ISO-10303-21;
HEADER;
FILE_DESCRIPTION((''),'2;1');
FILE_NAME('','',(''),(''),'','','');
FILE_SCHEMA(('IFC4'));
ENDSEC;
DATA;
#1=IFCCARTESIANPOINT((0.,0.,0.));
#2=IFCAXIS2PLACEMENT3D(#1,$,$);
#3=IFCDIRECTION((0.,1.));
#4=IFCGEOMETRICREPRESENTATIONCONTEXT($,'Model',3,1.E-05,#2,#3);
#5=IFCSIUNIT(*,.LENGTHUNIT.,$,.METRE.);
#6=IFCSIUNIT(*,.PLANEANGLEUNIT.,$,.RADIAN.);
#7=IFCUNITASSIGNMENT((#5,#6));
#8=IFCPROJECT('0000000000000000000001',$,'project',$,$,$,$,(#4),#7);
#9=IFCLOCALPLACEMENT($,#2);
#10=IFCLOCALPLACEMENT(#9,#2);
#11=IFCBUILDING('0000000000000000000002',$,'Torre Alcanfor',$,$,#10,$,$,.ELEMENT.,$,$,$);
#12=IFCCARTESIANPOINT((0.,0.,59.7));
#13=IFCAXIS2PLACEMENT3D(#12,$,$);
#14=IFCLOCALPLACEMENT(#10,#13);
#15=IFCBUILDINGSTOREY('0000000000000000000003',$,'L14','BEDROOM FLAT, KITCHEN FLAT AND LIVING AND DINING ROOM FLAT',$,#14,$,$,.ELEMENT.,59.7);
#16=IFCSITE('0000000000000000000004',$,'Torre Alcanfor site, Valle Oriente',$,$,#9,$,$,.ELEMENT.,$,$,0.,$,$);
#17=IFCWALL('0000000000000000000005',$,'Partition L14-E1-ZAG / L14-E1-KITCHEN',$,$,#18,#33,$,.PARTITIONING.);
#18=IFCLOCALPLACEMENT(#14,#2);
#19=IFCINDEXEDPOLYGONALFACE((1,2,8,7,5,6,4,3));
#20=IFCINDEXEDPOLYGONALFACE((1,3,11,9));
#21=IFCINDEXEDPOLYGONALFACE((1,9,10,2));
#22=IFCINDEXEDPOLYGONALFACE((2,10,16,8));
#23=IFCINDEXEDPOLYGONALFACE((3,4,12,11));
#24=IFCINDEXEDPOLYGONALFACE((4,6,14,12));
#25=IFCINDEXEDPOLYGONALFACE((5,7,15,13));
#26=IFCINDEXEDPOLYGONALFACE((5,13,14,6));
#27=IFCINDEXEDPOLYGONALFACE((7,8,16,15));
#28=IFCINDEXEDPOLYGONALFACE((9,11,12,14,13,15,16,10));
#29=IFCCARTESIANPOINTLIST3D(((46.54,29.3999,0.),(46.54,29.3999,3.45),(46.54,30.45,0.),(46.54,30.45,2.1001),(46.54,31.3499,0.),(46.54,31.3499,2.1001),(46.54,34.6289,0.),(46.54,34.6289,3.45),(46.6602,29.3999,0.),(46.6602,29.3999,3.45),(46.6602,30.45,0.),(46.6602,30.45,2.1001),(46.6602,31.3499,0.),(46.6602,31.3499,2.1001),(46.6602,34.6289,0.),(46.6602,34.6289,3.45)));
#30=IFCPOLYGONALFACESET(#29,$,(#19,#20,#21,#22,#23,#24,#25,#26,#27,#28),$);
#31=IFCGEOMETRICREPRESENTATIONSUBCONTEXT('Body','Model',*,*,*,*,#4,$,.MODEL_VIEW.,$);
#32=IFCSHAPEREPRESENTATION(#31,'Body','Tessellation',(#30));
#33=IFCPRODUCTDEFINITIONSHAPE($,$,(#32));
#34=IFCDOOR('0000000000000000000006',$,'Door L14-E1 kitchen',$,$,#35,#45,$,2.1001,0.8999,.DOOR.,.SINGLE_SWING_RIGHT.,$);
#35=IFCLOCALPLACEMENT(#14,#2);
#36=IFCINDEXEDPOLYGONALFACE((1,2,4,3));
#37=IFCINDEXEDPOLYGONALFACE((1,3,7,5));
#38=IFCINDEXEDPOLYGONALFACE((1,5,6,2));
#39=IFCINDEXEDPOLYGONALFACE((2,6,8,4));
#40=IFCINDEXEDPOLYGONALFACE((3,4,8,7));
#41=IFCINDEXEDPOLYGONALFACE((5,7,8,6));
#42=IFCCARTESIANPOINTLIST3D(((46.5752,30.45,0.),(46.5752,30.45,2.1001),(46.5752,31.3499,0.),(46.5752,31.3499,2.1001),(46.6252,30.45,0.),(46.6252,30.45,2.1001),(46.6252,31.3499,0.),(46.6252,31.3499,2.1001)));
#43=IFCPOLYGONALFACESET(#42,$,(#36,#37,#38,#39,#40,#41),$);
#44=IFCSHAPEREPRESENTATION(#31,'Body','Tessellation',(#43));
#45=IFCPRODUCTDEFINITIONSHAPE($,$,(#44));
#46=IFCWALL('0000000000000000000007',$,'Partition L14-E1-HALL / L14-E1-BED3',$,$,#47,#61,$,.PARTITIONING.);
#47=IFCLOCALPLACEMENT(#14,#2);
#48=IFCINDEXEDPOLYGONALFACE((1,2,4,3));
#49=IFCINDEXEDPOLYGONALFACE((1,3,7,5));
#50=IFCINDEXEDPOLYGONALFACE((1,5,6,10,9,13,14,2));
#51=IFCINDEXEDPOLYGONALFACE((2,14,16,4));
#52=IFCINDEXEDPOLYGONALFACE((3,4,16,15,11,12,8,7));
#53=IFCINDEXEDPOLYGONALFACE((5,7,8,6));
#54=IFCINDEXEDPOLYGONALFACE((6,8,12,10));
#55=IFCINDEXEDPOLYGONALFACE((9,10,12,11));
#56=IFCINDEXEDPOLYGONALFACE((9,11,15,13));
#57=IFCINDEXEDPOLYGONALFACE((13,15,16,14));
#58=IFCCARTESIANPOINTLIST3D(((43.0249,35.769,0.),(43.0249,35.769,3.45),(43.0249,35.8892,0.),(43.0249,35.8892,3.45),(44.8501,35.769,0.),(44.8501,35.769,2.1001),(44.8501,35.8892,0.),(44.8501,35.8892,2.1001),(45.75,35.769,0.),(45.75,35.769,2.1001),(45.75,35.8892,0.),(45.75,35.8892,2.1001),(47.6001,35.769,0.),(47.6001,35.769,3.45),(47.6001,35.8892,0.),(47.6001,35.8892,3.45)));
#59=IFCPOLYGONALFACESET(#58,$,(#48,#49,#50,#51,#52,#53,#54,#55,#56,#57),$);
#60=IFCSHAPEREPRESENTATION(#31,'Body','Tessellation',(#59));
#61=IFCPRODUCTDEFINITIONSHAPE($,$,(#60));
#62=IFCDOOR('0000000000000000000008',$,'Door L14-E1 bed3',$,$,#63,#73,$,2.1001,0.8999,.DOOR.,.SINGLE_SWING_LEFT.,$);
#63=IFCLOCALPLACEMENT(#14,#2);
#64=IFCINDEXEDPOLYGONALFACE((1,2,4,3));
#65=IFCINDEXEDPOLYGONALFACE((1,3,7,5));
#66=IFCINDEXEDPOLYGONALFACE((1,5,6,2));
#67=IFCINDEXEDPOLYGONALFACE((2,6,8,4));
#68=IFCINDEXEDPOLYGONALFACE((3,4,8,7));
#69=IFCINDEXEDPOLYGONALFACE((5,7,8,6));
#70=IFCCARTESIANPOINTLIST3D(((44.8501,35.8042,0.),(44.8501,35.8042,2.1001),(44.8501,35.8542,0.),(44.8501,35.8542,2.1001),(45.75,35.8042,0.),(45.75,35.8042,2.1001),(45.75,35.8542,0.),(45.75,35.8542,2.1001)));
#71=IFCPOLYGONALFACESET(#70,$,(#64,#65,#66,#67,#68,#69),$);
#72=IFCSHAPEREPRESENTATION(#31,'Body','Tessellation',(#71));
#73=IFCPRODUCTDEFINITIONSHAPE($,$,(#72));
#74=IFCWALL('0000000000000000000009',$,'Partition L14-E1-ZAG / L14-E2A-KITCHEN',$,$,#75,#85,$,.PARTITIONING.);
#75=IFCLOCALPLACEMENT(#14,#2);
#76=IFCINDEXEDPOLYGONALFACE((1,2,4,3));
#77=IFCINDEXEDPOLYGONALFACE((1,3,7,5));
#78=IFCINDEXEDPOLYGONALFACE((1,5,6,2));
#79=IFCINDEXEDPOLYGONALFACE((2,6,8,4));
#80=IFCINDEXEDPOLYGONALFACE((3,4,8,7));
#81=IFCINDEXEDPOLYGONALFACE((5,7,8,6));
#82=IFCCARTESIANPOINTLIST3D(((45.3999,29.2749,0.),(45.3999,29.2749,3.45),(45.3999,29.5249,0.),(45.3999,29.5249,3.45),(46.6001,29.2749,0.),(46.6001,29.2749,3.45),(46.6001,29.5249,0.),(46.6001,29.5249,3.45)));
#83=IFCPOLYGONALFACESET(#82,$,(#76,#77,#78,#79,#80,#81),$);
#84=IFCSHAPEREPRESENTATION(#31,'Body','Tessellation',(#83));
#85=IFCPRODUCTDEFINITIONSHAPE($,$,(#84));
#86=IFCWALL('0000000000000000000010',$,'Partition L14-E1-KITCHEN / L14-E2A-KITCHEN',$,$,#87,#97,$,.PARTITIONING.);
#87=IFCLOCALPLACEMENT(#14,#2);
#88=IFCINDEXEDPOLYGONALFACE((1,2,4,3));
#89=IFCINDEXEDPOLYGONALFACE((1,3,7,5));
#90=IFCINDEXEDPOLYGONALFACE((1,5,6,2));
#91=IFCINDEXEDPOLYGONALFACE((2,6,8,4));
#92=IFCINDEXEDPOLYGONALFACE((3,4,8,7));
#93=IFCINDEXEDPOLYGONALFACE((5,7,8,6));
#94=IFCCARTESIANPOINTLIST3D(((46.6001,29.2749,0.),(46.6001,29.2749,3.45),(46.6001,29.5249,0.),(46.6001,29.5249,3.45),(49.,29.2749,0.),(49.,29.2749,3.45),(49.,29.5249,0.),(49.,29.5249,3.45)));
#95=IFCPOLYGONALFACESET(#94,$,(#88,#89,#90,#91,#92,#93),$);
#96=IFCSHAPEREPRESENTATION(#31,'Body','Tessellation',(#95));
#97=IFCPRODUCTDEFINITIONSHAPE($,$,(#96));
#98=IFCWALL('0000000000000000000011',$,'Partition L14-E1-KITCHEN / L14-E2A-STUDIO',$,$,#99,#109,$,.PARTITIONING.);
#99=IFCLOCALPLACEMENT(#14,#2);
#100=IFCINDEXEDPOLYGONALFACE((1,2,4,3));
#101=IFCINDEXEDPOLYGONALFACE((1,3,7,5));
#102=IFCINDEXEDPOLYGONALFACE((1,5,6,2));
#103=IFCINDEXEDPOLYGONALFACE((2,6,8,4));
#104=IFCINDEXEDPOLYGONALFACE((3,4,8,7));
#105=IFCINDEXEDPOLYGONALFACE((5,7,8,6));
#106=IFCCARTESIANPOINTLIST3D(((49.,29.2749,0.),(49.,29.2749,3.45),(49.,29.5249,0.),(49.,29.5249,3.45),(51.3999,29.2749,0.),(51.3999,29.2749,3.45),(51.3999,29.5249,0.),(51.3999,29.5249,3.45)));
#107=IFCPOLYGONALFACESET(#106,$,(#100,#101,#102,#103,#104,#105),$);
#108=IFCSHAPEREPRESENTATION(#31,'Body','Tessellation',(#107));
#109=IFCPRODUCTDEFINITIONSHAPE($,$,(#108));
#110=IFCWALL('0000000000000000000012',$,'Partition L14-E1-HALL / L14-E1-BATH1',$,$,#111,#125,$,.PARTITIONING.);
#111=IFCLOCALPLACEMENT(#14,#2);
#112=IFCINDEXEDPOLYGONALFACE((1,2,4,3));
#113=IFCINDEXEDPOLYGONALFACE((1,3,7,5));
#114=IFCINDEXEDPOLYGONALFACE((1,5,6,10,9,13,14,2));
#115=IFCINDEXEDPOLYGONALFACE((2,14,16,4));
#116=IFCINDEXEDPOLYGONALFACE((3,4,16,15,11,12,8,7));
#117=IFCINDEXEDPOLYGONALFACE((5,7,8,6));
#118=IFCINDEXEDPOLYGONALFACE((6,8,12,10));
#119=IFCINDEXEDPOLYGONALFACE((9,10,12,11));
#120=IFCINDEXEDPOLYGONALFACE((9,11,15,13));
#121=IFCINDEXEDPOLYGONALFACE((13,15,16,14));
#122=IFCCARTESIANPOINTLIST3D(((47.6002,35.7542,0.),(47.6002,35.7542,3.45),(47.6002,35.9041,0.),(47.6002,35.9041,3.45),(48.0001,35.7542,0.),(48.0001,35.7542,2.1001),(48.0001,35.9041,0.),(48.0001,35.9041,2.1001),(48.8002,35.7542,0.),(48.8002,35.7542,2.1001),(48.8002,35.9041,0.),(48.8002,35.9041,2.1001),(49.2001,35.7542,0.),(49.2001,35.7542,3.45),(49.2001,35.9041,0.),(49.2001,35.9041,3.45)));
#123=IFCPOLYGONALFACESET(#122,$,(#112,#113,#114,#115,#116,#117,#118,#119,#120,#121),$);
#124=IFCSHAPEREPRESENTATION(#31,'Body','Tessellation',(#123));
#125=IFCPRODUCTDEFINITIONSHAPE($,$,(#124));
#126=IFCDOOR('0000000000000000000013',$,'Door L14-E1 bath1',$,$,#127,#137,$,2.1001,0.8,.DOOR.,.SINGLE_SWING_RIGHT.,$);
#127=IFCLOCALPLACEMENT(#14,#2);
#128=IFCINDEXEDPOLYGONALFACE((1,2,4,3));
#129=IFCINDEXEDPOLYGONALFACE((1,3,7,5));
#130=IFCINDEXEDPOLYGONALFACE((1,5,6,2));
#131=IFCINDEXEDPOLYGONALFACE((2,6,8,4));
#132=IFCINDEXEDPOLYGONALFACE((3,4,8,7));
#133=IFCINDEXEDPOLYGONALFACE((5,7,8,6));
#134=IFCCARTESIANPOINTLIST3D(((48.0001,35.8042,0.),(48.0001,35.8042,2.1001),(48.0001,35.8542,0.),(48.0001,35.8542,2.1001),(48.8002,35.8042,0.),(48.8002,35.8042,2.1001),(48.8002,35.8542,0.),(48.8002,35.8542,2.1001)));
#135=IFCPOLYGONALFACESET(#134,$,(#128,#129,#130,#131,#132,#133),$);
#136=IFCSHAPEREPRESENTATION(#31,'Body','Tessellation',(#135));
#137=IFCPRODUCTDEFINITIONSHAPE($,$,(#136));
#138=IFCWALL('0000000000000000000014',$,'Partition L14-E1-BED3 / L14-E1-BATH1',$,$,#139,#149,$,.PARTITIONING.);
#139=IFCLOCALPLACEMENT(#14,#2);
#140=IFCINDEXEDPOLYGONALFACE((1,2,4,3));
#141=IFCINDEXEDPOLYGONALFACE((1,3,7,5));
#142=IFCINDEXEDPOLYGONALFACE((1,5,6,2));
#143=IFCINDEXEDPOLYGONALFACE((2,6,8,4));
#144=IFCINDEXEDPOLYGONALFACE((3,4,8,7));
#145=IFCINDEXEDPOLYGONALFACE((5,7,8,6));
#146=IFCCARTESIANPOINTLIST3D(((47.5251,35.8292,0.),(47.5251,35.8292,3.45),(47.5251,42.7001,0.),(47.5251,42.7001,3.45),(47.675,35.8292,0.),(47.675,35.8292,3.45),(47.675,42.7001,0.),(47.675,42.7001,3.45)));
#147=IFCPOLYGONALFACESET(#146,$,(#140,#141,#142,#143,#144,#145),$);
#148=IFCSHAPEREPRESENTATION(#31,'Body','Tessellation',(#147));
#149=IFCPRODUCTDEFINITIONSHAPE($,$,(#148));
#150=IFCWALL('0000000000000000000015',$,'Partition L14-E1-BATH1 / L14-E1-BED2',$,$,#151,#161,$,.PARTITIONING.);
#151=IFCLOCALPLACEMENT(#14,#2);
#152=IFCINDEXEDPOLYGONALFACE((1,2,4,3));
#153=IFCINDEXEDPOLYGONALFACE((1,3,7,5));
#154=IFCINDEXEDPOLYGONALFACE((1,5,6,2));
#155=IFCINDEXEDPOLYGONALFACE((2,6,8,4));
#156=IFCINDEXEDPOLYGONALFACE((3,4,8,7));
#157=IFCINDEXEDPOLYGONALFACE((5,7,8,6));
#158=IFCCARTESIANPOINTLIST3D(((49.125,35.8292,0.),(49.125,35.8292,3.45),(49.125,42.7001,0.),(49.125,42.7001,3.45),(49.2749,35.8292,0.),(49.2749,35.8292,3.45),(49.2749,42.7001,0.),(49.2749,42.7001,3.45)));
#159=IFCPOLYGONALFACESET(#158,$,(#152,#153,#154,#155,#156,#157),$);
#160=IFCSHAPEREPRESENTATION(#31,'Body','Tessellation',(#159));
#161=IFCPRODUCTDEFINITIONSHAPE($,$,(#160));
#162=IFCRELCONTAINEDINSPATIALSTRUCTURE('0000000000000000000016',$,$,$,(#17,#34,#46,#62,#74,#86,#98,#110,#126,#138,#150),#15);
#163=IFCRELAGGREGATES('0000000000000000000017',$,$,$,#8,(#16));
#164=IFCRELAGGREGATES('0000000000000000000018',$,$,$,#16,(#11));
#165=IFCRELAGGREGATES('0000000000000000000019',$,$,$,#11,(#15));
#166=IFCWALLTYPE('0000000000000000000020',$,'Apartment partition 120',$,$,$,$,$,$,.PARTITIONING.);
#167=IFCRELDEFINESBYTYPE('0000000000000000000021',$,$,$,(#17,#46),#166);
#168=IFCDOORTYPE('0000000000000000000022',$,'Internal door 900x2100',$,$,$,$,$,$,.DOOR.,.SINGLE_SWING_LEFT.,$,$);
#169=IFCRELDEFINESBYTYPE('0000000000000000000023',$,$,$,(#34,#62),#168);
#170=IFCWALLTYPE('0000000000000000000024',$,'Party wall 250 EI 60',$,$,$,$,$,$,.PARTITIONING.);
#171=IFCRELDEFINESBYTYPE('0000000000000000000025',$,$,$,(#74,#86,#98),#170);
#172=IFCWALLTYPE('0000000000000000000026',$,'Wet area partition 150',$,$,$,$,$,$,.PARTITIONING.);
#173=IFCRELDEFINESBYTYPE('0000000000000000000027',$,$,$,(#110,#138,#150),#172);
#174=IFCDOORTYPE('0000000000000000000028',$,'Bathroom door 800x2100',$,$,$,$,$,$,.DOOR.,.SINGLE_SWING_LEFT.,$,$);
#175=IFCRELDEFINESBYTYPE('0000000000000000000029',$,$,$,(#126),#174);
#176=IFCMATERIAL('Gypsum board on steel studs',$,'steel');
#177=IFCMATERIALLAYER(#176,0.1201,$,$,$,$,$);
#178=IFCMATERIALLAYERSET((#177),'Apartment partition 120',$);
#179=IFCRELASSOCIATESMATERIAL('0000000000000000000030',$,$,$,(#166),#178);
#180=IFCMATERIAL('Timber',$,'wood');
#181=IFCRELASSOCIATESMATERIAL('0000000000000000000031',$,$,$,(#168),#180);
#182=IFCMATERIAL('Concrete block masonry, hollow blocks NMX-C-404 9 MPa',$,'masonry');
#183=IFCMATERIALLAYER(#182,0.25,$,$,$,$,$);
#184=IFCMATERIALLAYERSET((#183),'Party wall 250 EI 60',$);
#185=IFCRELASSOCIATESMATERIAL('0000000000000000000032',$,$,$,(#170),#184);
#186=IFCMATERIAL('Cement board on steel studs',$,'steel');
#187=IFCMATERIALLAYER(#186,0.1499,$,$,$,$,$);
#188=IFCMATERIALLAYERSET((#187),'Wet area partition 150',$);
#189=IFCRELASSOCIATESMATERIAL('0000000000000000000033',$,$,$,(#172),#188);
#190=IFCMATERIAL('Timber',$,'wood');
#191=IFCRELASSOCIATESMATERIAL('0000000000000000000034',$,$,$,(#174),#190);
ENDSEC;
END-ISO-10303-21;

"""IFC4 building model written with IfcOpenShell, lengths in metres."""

from ifc_helpers import new_model, si_unit, direction, frame, frame_2d, origin, place, context, subcontext, project, spatial, rectangle, extrude, material, layer, layer_set, type_object, element, fill, save


model = new_model("IFC4")

# Units and contexts
model_context = context("Model", 3, precision=1e-05, world=origin(), true_north=direction((0.0, 1.0)))
body_context = subcontext(model_context, "Body", "Model", "MODEL_VIEW")
ifc_project = project(units=[si_unit("LENGTHUNIT", "METRE"), si_unit("PLANEANGLEUNIT", "RADIAN")], contexts=[model_context])

# Site, building, storey
site_placement = place(None, origin())
site = spatial("IfcSite", under=ifc_project, at=site_placement, Name="Torre Alcanfor site, Valle Oriente", CompositionType="ELEMENT", RefElevation=0.0)
building_placement = place(site_placement, origin())
building = spatial("IfcBuilding", under=site, at=building_placement, Name="Torre Alcanfor", CompositionType="ELEMENT")
storey_placement = place(building_placement, frame((0.0, 0.0, 59.7)))
storey = spatial("IfcBuildingStorey", under=building, at=storey_placement, Name="L14", Description="BEDROOM FLAT, KITCHEN FLAT AND LIVING AND DINING ROOM FLAT", CompositionType="ELEMENT", Elevation=59.7)

# Walls, openings, doors
ifc_material_1 = material(Name="Gypsum board on steel studs", Category="steel")
ifc_layer_1 = layer(ifc_material_1, 0.1201)
ifc_layer_set_1 = layer_set([ifc_layer_1], Name="Apartment partition 120")
wall_type_1 = type_object("IfcWallType", Name="Apartment partition 120", PredefinedType="PARTITIONING", material=ifc_layer_set_1)
wall_1_placement = place(storey_placement, frame((46.6001, 29.3999, 0.0), z_axis=(0.0, 0.0, 1.0), x_axis=(0.0, 1.0, 0.0)))
wall_1 = element("IfcWall", 1, at=wall_1_placement, inside=storey, type_object=wall_type_1, Name="Partition L14-E1-ZAG / L14-E1-KITCHEN", PredefinedType="PARTITIONING", context=body_context, shape_type="SweptSolid", body=[
    extrude(rectangle(XDim=5.229, YDim=0.1201, at=frame_2d((2.6145, 0.0))), origin(), (0.0, 0.0, 1.0), 3.45),
])
opening_1_placement = place(wall_1_placement, frame((1.05, 0.0, 0.0)))
opening_1 = element("IfcOpeningElement", 2, at=opening_1_placement, cuts=wall_1, PredefinedType="OPENING", context=body_context, shape_type="SweptSolid", body=[
    extrude(rectangle(XDim=0.8999, YDim=2.1001, at=frame_2d((0.45, 1.05))), frame((0.0, 0.0701, 0.0), z_axis=(0.0, -1.0, 0.0), x_axis=(1.0, 0.0, 0.0)), (0.0, 0.0, 1.0), 0.1401),
])
ifc_material_2 = material(Name="Timber", Category="wood")
door_type_1 = type_object("IfcDoorType", Name="Internal door 900x2100", OperationType="SINGLE_SWING_LEFT", PredefinedType="DOOR", material=ifc_material_2)
door_1_placement = place(opening_1_placement, frame((0.8999, 0.0, 0.0), z_axis=(0.0, 0.0, 1.0), x_axis=(-1.0, 0.0, 0.0)))
door_1 = element("IfcDoor", 3, at=door_1_placement, inside=storey, type_object=door_type_1, Name="Door L14-E1 kitchen", OperationType="SINGLE_SWING_RIGHT", OverallHeight=2.1001, OverallWidth=0.8999, PredefinedType="DOOR", context=body_context, shape_type="SweptSolid", body=[
    extrude(rectangle(XDim=0.8999, YDim=2.1001, at=frame_2d((0.45, 1.05))), frame((0.0, 0.0251, 0.0), z_axis=(0.0, -1.0, 0.0), x_axis=(1.0, 0.0, 0.0)), (0.0, 0.0, 1.0), 0.05),
])
fill(opening_1, door_1)
wall_2_placement = place(storey_placement, frame((47.6001, 35.8291, 0.0), z_axis=(0.0, 0.0, 1.0), x_axis=(-1.0, 0.0, 0.0)))
wall_2 = element("IfcWall", 4, at=wall_2_placement, inside=storey, type_object=wall_type_1, Name="Partition L14-E1-HALL / L14-E1-BED3", PredefinedType="PARTITIONING", context=body_context, shape_type="SweptSolid", body=[
    extrude(rectangle(XDim=4.5752, YDim=0.1201, at=frame_2d((2.2876, 0.0))), origin(), (0.0, 0.0, 1.0), 3.45),
])
opening_2_placement = place(wall_2_placement, frame((1.8501, 0.0, 0.0)))
opening_2 = element("IfcOpeningElement", 5, at=opening_2_placement, cuts=wall_2, PredefinedType="OPENING", context=body_context, shape_type="SweptSolid", body=[
    extrude(rectangle(XDim=0.8999, YDim=2.1001, at=frame_2d((0.45, 1.05))), frame((0.0, 0.0701, 0.0), z_axis=(0.0, -1.0, 0.0), x_axis=(1.0, 0.0, 0.0)), (0.0, 0.0, 1.0), 0.1401),
])
door_2_placement = place(opening_2_placement, frame((0.8999, 0.0, 0.0), z_axis=(0.0, 0.0, 1.0), x_axis=(-1.0, 0.0, 0.0)))
door_2 = element("IfcDoor", 6, at=door_2_placement, inside=storey, type_object=door_type_1, Name="Door L14-E1 bed3", OperationType="SINGLE_SWING_LEFT", OverallHeight=2.1001, OverallWidth=0.8999, PredefinedType="DOOR", context=body_context, shape_type="SweptSolid", body=[
    extrude(rectangle(XDim=0.8999, YDim=2.1001, at=frame_2d((0.45, 1.05))), frame((0.0, 0.0251, 0.0), z_axis=(0.0, -1.0, 0.0), x_axis=(1.0, 0.0, 0.0)), (0.0, 0.0, 1.0), 0.05),
])
fill(opening_2, door_2)

# Walls
ifc_material_3 = material(Name="Concrete block masonry, hollow blocks NMX-C-404 9 MPa", Category="masonry")
ifc_layer_2 = layer(ifc_material_3, 0.25)
ifc_layer_set_2 = layer_set([ifc_layer_2], Name="Party wall 250 EI 60")
wall_type_2 = type_object("IfcWallType", Name="Party wall 250 EI 60", PredefinedType="PARTITIONING", material=ifc_layer_set_2)
wall_3_placement = place(storey_placement, frame((45.3999, 29.3999, 0.0), z_axis=(0.0, 0.0, 1.0), x_axis=(1.0, 0.0, 0.0)))
element("IfcWall", 7, at=wall_3_placement, inside=storey, type_object=wall_type_2, Name="Partition L14-E1-ZAG / L14-E2A-KITCHEN", PredefinedType="PARTITIONING", context=body_context, shape_type="SweptSolid", body=[
    extrude(rectangle(XDim=1.2002, YDim=0.25, at=frame_2d((0.6001, 0.0))), origin(), (0.0, 0.0, 1.0), 3.45),
])
for number, where, z_axis, x_axis, name in (
    (8, (46.6001, 29.3999, 0.0), (0.0, 0.0, 1.0), (1.0, 0.0, 0.0), "Partition L14-E1-KITCHEN / L14-E2A-KITCHEN"),
    (9, (49.0, 29.3999, 0.0), (0.0, 0.0, 1.0), (1.0, 0.0, 0.0), "Partition L14-E1-KITCHEN / L14-E2A-STUDIO"),
):
    element("IfcWall", number, at=place(storey_placement, frame(where, z_axis=z_axis, x_axis=x_axis)), inside=storey, type_object=wall_type_2, Name=name, PredefinedType="PARTITIONING", context=body_context, shape_type="SweptSolid", body=[
        extrude(rectangle(XDim=2.3999, YDim=0.25, at=frame_2d((1.2, 0.0))), origin(), (0.0, 0.0, 1.0), 3.45),
    ])

# Wall, opening, door
ifc_material_4 = material(Name="Cement board on steel studs", Category="steel")
ifc_layer_3 = layer(ifc_material_4, 0.1499)
ifc_layer_set_3 = layer_set([ifc_layer_3], Name="Wet area partition 150")
wall_type_3 = type_object("IfcWallType", Name="Wet area partition 150", PredefinedType="PARTITIONING", material=ifc_layer_set_3)
wall_4_placement = place(storey_placement, frame((49.2, 35.8291, 0.0), z_axis=(0.0, 0.0, 1.0), x_axis=(-1.0, 0.0, 0.0)))
wall_4 = element("IfcWall", 10, at=wall_4_placement, inside=storey, type_object=wall_type_3, Name="Partition L14-E1-HALL / L14-E1-BATH1", PredefinedType="PARTITIONING", context=body_context, shape_type="SweptSolid", body=[
    extrude(rectangle(XDim=1.5999, YDim=0.1499, at=frame_2d((0.7998, 0.0))), origin(), (0.0, 0.0, 1.0), 3.45),
])
opening_3_placement = place(wall_4_placement, frame((0.3999, 0.0, 0.0)))
opening_3 = element("IfcOpeningElement", 11, at=opening_3_placement, cuts=wall_4, PredefinedType="OPENING", context=body_context, shape_type="SweptSolid", body=[
    extrude(rectangle(XDim=0.8, YDim=2.1001, at=frame_2d((0.3999, 1.05))), frame((0.0, 0.085, 0.0), z_axis=(0.0, -1.0, 0.0), x_axis=(1.0, 0.0, 0.0)), (0.0, 0.0, 1.0), 0.1699),
])
ifc_material_5 = material(Name="Timber", Category="wood")
door_type_2 = type_object("IfcDoorType", Name="Bathroom door 800x2100", OperationType="SINGLE_SWING_LEFT", PredefinedType="DOOR", material=ifc_material_5)
door_3_placement = place(opening_3_placement, frame((0.8, 0.0, 0.0), z_axis=(0.0, 0.0, 1.0), x_axis=(-1.0, 0.0, 0.0)))
door_3 = element("IfcDoor", 12, at=door_3_placement, inside=storey, type_object=door_type_2, Name="Door L14-E1 bath1", OperationType="SINGLE_SWING_RIGHT", OverallHeight=2.1001, OverallWidth=0.8, PredefinedType="DOOR", context=body_context, shape_type="SweptSolid", body=[
    extrude(rectangle(XDim=0.8, YDim=2.1001, at=frame_2d((0.4001, 1.05))), frame((0.0, 0.0251, 0.0), z_axis=(0.0, -1.0, 0.0), x_axis=(1.0, 0.0, 0.0)), (0.0, 0.0, 1.0), 0.05),
])
fill(opening_3, door_3)

# Walls
for number, where, z_axis, x_axis, name in (
    (13, (47.6001, 35.8291, 0.0), (0.0, 0.0, 1.0), (0.0, 1.0, 0.0), "Partition L14-E1-BED3 / L14-E1-BATH1"),
    (14, (49.2, 35.8291, 0.0), (0.0, 0.0, 1.0), (0.0, 1.0, 0.0), "Partition L14-E1-BATH1 / L14-E1-BED2"),
):
    element("IfcWall", number, at=place(storey_placement, frame(where, z_axis=z_axis, x_axis=x_axis)), inside=storey, type_object=wall_type_3, Name=name, PredefinedType="PARTITIONING", context=body_context, shape_type="SweptSolid", body=[
        extrude(rectangle(XDim=6.8708, YDim=0.1499, at=frame_2d((3.4355, 0.0))), origin(), (0.0, 0.0, 1.0), 3.45),
    ])

save(model, "model.ifc")
